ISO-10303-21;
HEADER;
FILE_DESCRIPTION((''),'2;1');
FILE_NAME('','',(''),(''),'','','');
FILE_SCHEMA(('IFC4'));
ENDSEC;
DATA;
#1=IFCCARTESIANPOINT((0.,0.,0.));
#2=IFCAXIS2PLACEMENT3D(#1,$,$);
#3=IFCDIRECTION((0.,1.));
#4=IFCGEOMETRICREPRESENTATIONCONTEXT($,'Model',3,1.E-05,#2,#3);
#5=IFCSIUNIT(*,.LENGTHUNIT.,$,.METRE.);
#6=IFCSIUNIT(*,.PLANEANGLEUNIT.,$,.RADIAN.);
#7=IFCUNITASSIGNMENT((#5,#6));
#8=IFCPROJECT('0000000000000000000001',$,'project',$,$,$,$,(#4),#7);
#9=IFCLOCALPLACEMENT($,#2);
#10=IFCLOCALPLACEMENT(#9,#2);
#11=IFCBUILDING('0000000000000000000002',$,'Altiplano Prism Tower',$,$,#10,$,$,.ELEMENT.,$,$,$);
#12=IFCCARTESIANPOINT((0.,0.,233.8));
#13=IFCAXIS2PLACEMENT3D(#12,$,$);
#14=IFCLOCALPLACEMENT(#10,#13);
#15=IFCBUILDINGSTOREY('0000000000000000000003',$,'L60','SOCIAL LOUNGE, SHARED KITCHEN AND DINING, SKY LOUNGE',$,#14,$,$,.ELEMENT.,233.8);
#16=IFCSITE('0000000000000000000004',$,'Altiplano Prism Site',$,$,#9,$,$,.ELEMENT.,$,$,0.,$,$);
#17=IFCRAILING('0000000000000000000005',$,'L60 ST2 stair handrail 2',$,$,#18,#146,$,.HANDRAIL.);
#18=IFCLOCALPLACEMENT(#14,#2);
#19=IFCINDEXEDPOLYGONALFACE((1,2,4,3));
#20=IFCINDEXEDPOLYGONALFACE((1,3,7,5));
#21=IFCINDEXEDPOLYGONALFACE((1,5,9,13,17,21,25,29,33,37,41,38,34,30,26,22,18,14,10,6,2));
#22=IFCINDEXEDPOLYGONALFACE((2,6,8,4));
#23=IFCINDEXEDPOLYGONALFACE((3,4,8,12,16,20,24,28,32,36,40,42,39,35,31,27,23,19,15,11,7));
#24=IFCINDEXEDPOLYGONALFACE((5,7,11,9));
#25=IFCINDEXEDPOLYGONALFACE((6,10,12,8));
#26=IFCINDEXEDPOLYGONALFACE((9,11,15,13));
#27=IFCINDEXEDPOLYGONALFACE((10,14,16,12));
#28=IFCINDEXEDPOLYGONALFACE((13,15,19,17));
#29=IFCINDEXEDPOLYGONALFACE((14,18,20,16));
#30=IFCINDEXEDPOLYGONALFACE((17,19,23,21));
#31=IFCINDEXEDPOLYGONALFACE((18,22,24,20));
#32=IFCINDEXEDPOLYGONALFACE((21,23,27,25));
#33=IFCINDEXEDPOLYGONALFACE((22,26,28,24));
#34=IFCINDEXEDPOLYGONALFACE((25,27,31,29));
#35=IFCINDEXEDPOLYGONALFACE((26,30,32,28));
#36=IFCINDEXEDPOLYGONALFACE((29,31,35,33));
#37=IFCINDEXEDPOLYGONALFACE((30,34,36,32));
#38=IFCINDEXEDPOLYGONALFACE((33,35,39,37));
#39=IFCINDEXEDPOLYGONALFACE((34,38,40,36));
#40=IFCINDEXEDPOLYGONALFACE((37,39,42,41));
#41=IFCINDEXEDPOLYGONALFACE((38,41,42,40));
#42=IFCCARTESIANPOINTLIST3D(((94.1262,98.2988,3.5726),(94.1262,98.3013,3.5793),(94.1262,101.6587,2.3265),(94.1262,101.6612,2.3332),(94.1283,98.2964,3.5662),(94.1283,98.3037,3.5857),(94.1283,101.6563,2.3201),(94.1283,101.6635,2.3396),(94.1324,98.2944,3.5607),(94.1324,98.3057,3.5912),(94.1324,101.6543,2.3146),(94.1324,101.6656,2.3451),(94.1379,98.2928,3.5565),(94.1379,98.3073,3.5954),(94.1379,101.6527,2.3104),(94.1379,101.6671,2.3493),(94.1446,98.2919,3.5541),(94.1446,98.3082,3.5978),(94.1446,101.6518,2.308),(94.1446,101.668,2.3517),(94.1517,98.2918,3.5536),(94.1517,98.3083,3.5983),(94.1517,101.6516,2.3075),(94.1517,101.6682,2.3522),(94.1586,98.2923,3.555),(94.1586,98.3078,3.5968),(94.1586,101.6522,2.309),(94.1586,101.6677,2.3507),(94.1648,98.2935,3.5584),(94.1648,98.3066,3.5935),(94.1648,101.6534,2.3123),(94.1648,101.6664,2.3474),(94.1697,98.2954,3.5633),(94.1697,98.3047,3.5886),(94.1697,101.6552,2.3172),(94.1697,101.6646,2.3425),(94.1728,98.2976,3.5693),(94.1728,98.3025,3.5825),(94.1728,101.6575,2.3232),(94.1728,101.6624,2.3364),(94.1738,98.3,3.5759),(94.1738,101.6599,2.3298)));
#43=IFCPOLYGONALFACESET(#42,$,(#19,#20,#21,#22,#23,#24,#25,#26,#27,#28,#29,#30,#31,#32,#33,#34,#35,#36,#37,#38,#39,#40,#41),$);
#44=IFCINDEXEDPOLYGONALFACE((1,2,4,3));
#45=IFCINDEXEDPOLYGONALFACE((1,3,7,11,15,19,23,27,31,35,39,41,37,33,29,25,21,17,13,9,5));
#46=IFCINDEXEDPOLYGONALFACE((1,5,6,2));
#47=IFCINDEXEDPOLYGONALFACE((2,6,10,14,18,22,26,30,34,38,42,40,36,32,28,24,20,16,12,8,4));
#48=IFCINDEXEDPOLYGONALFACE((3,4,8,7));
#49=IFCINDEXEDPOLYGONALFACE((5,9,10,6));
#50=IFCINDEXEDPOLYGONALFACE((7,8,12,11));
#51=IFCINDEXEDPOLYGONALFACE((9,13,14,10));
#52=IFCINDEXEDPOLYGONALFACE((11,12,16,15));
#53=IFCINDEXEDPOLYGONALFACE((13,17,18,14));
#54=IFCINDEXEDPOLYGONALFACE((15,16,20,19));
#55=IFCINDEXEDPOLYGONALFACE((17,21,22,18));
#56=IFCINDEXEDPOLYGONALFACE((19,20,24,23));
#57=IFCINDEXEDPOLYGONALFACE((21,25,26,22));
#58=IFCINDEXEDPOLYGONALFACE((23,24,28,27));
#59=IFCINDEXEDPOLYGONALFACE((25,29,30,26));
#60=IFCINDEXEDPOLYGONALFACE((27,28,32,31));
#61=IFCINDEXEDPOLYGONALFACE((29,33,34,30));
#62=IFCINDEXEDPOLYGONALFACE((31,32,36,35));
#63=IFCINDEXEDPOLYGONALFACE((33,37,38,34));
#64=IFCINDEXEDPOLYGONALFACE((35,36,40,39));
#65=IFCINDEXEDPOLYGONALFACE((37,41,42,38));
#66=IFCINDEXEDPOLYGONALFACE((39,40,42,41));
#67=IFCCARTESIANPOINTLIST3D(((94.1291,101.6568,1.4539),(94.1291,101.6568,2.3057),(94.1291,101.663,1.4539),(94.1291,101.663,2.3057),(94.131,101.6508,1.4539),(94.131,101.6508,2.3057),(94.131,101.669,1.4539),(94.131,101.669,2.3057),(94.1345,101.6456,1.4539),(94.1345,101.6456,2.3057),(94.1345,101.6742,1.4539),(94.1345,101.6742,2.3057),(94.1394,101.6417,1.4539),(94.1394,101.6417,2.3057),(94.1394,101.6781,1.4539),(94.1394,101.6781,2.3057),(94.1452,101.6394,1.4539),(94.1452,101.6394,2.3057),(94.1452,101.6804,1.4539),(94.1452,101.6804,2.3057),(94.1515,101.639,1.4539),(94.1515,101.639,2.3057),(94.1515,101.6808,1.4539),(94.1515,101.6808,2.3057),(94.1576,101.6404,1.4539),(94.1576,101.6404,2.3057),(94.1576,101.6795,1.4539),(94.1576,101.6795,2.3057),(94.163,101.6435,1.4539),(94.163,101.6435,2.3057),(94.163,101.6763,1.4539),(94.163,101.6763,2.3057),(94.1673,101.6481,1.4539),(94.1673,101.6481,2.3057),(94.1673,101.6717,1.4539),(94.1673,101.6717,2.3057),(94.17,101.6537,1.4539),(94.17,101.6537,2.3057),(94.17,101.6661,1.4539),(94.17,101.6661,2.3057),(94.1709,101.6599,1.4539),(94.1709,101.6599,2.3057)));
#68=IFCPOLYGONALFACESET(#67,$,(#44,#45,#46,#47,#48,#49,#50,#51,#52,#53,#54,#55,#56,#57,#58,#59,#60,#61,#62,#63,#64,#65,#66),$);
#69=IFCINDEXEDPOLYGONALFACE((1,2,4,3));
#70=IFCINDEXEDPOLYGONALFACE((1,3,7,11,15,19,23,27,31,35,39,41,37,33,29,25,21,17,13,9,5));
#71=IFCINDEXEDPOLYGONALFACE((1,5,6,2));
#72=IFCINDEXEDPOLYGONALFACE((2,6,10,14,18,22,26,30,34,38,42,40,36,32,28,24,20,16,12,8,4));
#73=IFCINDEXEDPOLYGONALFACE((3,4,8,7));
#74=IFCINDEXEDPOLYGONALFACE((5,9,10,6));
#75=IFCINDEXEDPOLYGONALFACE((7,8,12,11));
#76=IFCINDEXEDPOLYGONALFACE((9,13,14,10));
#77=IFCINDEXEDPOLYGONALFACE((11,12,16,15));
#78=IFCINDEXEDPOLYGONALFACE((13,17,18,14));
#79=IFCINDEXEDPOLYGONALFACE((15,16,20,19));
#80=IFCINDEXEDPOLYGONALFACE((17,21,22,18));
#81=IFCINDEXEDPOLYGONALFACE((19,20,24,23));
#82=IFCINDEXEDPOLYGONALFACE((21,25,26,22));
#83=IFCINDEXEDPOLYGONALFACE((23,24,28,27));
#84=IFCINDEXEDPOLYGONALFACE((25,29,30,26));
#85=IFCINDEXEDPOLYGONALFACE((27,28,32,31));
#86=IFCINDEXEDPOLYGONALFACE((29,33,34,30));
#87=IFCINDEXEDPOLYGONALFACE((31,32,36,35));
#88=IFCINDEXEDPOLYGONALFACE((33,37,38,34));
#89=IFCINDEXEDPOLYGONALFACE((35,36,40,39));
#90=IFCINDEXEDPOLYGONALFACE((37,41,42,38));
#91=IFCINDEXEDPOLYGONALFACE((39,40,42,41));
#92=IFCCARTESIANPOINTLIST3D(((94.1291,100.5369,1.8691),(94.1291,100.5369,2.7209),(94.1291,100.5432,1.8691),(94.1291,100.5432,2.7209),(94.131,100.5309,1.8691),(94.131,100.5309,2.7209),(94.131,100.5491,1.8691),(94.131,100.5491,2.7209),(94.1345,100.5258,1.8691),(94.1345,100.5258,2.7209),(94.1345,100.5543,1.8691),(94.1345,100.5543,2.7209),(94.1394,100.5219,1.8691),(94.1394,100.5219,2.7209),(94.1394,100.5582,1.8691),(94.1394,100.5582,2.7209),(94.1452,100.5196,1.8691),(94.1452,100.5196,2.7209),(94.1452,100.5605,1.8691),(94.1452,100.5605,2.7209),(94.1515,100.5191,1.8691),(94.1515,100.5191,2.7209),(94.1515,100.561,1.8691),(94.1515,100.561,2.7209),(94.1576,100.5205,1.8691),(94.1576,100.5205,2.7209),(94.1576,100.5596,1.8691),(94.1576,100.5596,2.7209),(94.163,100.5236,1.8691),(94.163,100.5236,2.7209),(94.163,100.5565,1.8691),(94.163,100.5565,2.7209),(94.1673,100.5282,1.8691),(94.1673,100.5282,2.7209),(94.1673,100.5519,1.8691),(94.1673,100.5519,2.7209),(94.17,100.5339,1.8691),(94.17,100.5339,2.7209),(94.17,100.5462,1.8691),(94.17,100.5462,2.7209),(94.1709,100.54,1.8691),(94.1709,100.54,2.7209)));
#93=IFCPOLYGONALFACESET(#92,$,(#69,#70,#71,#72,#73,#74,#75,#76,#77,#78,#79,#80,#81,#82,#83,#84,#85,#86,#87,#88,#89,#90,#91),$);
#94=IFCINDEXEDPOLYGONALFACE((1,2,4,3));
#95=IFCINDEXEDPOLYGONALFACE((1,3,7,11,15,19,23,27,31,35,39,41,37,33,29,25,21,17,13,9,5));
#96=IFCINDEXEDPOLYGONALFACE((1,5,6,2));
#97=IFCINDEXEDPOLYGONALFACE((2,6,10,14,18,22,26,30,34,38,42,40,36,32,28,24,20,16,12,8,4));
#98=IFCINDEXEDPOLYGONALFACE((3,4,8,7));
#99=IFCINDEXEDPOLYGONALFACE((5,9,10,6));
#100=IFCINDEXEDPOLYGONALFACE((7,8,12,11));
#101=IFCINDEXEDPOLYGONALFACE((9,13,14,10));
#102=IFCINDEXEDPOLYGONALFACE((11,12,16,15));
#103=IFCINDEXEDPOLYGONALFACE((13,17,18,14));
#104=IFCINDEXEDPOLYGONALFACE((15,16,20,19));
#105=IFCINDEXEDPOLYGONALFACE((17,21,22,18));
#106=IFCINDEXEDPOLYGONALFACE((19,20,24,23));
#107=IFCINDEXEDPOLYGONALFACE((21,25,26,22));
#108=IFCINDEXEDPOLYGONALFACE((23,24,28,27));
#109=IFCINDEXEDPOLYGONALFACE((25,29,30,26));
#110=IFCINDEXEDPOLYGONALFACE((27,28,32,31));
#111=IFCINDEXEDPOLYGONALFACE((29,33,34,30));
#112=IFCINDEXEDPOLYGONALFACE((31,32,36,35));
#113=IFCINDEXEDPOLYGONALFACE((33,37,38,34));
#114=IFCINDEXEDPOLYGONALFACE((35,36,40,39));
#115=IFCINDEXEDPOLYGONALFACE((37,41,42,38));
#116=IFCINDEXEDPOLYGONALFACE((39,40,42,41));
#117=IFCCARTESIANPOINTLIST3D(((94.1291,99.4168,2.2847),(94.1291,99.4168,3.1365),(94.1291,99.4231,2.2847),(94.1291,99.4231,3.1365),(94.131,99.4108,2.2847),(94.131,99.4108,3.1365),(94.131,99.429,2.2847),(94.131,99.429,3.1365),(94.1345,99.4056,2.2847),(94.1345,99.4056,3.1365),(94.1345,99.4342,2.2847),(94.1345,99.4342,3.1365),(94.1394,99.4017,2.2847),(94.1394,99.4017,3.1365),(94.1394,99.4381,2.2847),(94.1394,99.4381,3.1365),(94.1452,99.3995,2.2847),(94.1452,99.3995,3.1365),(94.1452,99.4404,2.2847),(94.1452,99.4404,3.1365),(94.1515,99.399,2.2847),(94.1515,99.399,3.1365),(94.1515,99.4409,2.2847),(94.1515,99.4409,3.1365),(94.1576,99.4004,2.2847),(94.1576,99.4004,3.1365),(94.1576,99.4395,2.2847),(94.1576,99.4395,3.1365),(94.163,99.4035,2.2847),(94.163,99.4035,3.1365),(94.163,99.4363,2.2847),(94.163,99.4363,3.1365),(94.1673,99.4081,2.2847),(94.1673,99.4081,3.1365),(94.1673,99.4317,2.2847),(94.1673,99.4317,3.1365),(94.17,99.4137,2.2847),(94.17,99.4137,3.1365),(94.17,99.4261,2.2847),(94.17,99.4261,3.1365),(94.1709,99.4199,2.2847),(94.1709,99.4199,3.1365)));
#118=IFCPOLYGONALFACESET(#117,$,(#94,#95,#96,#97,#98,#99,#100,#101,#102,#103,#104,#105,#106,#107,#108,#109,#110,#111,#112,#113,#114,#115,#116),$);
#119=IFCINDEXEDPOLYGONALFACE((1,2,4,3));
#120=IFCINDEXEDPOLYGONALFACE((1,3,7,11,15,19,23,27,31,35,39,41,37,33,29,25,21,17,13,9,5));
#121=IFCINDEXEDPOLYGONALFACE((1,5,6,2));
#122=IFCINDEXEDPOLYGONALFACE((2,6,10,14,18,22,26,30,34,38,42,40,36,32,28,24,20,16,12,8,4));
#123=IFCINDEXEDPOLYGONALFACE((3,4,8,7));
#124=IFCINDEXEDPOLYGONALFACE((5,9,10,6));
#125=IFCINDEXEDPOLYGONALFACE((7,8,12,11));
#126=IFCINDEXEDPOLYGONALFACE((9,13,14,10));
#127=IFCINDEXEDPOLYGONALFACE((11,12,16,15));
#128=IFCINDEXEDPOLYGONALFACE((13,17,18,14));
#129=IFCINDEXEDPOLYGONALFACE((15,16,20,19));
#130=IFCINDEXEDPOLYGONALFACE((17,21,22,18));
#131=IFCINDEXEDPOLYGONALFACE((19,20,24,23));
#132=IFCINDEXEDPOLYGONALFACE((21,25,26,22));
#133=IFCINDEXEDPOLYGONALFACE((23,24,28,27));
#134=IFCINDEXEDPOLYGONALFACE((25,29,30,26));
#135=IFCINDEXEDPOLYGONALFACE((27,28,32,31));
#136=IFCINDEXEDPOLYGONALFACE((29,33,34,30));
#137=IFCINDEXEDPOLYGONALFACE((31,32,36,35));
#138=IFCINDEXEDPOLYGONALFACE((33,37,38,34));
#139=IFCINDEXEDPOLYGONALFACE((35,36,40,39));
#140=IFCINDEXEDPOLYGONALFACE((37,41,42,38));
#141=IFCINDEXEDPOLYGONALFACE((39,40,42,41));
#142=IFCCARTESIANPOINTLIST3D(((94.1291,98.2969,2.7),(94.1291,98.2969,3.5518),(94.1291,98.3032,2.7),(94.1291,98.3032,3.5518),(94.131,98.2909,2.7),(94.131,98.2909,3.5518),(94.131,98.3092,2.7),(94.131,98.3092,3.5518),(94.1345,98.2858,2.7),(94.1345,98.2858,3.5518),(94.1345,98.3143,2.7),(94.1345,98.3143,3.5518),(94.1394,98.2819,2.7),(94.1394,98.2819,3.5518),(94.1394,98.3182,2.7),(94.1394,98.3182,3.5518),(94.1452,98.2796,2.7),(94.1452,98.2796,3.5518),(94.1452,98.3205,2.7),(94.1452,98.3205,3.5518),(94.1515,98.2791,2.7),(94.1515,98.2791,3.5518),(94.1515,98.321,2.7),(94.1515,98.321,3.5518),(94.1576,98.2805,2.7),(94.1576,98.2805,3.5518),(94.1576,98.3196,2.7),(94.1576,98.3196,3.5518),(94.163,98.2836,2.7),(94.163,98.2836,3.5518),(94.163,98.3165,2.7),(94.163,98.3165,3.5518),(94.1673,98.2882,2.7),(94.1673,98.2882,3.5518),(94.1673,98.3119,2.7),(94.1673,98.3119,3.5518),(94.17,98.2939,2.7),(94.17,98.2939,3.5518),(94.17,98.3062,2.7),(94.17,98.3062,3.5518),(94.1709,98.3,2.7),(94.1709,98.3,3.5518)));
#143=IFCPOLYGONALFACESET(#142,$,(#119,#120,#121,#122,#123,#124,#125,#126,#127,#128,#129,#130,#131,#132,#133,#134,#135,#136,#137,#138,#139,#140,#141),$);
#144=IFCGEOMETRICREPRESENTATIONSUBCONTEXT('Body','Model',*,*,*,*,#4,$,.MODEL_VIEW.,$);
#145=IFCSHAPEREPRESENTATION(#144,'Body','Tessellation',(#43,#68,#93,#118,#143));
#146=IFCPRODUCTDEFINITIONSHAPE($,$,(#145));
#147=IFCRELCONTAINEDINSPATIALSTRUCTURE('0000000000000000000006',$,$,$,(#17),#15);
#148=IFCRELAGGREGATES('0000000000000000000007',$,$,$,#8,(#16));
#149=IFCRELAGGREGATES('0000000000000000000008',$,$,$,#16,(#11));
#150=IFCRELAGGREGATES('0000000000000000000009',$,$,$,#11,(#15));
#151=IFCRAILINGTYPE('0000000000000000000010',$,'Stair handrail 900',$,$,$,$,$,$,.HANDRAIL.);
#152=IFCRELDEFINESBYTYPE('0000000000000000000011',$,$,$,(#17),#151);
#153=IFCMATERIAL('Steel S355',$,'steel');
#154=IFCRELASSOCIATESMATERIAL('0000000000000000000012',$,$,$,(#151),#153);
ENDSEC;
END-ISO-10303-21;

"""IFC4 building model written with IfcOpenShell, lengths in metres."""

from ifc_helpers import new_model, si_unit, direction, frame, origin, origin_2d, place, context, subcontext, project, spatial, circle, extrude, material, type_object, element, save


model = new_model("IFC4")

# Units and contexts
model_context = context("Model", 3, precision=1e-05, world=origin(), true_north=direction((0.0, 1.0)))
body_context = subcontext(model_context, "Body", "Model", "MODEL_VIEW")
ifc_project = project(units=[si_unit("LENGTHUNIT", "METRE"), si_unit("PLANEANGLEUNIT", "RADIAN")], contexts=[model_context])

# Site, building, storey
site_placement = place(None, origin())
site = spatial("IfcSite", under=ifc_project, at=site_placement, Name="Altiplano Prism Site", CompositionType="ELEMENT", RefElevation=0.0)
building_placement = place(site_placement, origin())
building = spatial("IfcBuilding", under=site, at=building_placement, Name="Altiplano Prism Tower", CompositionType="ELEMENT")
storey_placement = place(building_placement, frame((0.0, 0.0, 233.8)))
storey = spatial("IfcBuildingStorey", under=building, at=storey_placement, Name="L60", Description="SOCIAL LOUNGE, SHARED KITCHEN AND DINING, SKY LOUNGE", CompositionType="ELEMENT", Elevation=233.8)

# Railing
ifc_material_1 = material(Name="Steel S355", Category="steel")
railing_type_1 = type_object("IfcRailingType", Name="Stair handrail 900", PredefinedType="HANDRAIL", material=ifc_material_1)
for number, where, name in (
    (1, (94.1499, 101.6599, 1.4539), "L60 ST2 stair handrail 2"),
):
    element("IfcRailing", number, at=place(storey_placement, frame(where)), inside=storey, type_object=railing_type_1, Name=name, PredefinedType="HANDRAIL", context=body_context, shape_type="SweptSolid", body=[
        extrude(circle(Radius=0.0239, at=origin_2d()), frame((0.0, 0.0, 0.876), z_axis=(0.0, -0.937594, 0.347731), x_axis=(1.0, 0.0, 0.0)), (0.0, 0.0, 1.0), 3.5835),
        extrude(circle(Radius=0.021, at=origin_2d()), origin(), (0.0, 0.0, 1.0), 0.8518),
        extrude(circle(Radius=0.021, at=origin_2d()), frame((0.0, -1.1199, 0.4153)), (0.0, 0.0, 1.0), 0.8518),
        extrude(circle(Radius=0.021, at=origin_2d()), frame((0.0, -2.24, 0.8308)), (0.0, 0.0, 1.0), 0.8518),
        extrude(circle(Radius=0.021, at=origin_2d()), frame((0.0, -3.3599, 1.2461)), (0.0, 0.0, 1.0), 0.8518),
    ])

save(model, "model.ifc")
